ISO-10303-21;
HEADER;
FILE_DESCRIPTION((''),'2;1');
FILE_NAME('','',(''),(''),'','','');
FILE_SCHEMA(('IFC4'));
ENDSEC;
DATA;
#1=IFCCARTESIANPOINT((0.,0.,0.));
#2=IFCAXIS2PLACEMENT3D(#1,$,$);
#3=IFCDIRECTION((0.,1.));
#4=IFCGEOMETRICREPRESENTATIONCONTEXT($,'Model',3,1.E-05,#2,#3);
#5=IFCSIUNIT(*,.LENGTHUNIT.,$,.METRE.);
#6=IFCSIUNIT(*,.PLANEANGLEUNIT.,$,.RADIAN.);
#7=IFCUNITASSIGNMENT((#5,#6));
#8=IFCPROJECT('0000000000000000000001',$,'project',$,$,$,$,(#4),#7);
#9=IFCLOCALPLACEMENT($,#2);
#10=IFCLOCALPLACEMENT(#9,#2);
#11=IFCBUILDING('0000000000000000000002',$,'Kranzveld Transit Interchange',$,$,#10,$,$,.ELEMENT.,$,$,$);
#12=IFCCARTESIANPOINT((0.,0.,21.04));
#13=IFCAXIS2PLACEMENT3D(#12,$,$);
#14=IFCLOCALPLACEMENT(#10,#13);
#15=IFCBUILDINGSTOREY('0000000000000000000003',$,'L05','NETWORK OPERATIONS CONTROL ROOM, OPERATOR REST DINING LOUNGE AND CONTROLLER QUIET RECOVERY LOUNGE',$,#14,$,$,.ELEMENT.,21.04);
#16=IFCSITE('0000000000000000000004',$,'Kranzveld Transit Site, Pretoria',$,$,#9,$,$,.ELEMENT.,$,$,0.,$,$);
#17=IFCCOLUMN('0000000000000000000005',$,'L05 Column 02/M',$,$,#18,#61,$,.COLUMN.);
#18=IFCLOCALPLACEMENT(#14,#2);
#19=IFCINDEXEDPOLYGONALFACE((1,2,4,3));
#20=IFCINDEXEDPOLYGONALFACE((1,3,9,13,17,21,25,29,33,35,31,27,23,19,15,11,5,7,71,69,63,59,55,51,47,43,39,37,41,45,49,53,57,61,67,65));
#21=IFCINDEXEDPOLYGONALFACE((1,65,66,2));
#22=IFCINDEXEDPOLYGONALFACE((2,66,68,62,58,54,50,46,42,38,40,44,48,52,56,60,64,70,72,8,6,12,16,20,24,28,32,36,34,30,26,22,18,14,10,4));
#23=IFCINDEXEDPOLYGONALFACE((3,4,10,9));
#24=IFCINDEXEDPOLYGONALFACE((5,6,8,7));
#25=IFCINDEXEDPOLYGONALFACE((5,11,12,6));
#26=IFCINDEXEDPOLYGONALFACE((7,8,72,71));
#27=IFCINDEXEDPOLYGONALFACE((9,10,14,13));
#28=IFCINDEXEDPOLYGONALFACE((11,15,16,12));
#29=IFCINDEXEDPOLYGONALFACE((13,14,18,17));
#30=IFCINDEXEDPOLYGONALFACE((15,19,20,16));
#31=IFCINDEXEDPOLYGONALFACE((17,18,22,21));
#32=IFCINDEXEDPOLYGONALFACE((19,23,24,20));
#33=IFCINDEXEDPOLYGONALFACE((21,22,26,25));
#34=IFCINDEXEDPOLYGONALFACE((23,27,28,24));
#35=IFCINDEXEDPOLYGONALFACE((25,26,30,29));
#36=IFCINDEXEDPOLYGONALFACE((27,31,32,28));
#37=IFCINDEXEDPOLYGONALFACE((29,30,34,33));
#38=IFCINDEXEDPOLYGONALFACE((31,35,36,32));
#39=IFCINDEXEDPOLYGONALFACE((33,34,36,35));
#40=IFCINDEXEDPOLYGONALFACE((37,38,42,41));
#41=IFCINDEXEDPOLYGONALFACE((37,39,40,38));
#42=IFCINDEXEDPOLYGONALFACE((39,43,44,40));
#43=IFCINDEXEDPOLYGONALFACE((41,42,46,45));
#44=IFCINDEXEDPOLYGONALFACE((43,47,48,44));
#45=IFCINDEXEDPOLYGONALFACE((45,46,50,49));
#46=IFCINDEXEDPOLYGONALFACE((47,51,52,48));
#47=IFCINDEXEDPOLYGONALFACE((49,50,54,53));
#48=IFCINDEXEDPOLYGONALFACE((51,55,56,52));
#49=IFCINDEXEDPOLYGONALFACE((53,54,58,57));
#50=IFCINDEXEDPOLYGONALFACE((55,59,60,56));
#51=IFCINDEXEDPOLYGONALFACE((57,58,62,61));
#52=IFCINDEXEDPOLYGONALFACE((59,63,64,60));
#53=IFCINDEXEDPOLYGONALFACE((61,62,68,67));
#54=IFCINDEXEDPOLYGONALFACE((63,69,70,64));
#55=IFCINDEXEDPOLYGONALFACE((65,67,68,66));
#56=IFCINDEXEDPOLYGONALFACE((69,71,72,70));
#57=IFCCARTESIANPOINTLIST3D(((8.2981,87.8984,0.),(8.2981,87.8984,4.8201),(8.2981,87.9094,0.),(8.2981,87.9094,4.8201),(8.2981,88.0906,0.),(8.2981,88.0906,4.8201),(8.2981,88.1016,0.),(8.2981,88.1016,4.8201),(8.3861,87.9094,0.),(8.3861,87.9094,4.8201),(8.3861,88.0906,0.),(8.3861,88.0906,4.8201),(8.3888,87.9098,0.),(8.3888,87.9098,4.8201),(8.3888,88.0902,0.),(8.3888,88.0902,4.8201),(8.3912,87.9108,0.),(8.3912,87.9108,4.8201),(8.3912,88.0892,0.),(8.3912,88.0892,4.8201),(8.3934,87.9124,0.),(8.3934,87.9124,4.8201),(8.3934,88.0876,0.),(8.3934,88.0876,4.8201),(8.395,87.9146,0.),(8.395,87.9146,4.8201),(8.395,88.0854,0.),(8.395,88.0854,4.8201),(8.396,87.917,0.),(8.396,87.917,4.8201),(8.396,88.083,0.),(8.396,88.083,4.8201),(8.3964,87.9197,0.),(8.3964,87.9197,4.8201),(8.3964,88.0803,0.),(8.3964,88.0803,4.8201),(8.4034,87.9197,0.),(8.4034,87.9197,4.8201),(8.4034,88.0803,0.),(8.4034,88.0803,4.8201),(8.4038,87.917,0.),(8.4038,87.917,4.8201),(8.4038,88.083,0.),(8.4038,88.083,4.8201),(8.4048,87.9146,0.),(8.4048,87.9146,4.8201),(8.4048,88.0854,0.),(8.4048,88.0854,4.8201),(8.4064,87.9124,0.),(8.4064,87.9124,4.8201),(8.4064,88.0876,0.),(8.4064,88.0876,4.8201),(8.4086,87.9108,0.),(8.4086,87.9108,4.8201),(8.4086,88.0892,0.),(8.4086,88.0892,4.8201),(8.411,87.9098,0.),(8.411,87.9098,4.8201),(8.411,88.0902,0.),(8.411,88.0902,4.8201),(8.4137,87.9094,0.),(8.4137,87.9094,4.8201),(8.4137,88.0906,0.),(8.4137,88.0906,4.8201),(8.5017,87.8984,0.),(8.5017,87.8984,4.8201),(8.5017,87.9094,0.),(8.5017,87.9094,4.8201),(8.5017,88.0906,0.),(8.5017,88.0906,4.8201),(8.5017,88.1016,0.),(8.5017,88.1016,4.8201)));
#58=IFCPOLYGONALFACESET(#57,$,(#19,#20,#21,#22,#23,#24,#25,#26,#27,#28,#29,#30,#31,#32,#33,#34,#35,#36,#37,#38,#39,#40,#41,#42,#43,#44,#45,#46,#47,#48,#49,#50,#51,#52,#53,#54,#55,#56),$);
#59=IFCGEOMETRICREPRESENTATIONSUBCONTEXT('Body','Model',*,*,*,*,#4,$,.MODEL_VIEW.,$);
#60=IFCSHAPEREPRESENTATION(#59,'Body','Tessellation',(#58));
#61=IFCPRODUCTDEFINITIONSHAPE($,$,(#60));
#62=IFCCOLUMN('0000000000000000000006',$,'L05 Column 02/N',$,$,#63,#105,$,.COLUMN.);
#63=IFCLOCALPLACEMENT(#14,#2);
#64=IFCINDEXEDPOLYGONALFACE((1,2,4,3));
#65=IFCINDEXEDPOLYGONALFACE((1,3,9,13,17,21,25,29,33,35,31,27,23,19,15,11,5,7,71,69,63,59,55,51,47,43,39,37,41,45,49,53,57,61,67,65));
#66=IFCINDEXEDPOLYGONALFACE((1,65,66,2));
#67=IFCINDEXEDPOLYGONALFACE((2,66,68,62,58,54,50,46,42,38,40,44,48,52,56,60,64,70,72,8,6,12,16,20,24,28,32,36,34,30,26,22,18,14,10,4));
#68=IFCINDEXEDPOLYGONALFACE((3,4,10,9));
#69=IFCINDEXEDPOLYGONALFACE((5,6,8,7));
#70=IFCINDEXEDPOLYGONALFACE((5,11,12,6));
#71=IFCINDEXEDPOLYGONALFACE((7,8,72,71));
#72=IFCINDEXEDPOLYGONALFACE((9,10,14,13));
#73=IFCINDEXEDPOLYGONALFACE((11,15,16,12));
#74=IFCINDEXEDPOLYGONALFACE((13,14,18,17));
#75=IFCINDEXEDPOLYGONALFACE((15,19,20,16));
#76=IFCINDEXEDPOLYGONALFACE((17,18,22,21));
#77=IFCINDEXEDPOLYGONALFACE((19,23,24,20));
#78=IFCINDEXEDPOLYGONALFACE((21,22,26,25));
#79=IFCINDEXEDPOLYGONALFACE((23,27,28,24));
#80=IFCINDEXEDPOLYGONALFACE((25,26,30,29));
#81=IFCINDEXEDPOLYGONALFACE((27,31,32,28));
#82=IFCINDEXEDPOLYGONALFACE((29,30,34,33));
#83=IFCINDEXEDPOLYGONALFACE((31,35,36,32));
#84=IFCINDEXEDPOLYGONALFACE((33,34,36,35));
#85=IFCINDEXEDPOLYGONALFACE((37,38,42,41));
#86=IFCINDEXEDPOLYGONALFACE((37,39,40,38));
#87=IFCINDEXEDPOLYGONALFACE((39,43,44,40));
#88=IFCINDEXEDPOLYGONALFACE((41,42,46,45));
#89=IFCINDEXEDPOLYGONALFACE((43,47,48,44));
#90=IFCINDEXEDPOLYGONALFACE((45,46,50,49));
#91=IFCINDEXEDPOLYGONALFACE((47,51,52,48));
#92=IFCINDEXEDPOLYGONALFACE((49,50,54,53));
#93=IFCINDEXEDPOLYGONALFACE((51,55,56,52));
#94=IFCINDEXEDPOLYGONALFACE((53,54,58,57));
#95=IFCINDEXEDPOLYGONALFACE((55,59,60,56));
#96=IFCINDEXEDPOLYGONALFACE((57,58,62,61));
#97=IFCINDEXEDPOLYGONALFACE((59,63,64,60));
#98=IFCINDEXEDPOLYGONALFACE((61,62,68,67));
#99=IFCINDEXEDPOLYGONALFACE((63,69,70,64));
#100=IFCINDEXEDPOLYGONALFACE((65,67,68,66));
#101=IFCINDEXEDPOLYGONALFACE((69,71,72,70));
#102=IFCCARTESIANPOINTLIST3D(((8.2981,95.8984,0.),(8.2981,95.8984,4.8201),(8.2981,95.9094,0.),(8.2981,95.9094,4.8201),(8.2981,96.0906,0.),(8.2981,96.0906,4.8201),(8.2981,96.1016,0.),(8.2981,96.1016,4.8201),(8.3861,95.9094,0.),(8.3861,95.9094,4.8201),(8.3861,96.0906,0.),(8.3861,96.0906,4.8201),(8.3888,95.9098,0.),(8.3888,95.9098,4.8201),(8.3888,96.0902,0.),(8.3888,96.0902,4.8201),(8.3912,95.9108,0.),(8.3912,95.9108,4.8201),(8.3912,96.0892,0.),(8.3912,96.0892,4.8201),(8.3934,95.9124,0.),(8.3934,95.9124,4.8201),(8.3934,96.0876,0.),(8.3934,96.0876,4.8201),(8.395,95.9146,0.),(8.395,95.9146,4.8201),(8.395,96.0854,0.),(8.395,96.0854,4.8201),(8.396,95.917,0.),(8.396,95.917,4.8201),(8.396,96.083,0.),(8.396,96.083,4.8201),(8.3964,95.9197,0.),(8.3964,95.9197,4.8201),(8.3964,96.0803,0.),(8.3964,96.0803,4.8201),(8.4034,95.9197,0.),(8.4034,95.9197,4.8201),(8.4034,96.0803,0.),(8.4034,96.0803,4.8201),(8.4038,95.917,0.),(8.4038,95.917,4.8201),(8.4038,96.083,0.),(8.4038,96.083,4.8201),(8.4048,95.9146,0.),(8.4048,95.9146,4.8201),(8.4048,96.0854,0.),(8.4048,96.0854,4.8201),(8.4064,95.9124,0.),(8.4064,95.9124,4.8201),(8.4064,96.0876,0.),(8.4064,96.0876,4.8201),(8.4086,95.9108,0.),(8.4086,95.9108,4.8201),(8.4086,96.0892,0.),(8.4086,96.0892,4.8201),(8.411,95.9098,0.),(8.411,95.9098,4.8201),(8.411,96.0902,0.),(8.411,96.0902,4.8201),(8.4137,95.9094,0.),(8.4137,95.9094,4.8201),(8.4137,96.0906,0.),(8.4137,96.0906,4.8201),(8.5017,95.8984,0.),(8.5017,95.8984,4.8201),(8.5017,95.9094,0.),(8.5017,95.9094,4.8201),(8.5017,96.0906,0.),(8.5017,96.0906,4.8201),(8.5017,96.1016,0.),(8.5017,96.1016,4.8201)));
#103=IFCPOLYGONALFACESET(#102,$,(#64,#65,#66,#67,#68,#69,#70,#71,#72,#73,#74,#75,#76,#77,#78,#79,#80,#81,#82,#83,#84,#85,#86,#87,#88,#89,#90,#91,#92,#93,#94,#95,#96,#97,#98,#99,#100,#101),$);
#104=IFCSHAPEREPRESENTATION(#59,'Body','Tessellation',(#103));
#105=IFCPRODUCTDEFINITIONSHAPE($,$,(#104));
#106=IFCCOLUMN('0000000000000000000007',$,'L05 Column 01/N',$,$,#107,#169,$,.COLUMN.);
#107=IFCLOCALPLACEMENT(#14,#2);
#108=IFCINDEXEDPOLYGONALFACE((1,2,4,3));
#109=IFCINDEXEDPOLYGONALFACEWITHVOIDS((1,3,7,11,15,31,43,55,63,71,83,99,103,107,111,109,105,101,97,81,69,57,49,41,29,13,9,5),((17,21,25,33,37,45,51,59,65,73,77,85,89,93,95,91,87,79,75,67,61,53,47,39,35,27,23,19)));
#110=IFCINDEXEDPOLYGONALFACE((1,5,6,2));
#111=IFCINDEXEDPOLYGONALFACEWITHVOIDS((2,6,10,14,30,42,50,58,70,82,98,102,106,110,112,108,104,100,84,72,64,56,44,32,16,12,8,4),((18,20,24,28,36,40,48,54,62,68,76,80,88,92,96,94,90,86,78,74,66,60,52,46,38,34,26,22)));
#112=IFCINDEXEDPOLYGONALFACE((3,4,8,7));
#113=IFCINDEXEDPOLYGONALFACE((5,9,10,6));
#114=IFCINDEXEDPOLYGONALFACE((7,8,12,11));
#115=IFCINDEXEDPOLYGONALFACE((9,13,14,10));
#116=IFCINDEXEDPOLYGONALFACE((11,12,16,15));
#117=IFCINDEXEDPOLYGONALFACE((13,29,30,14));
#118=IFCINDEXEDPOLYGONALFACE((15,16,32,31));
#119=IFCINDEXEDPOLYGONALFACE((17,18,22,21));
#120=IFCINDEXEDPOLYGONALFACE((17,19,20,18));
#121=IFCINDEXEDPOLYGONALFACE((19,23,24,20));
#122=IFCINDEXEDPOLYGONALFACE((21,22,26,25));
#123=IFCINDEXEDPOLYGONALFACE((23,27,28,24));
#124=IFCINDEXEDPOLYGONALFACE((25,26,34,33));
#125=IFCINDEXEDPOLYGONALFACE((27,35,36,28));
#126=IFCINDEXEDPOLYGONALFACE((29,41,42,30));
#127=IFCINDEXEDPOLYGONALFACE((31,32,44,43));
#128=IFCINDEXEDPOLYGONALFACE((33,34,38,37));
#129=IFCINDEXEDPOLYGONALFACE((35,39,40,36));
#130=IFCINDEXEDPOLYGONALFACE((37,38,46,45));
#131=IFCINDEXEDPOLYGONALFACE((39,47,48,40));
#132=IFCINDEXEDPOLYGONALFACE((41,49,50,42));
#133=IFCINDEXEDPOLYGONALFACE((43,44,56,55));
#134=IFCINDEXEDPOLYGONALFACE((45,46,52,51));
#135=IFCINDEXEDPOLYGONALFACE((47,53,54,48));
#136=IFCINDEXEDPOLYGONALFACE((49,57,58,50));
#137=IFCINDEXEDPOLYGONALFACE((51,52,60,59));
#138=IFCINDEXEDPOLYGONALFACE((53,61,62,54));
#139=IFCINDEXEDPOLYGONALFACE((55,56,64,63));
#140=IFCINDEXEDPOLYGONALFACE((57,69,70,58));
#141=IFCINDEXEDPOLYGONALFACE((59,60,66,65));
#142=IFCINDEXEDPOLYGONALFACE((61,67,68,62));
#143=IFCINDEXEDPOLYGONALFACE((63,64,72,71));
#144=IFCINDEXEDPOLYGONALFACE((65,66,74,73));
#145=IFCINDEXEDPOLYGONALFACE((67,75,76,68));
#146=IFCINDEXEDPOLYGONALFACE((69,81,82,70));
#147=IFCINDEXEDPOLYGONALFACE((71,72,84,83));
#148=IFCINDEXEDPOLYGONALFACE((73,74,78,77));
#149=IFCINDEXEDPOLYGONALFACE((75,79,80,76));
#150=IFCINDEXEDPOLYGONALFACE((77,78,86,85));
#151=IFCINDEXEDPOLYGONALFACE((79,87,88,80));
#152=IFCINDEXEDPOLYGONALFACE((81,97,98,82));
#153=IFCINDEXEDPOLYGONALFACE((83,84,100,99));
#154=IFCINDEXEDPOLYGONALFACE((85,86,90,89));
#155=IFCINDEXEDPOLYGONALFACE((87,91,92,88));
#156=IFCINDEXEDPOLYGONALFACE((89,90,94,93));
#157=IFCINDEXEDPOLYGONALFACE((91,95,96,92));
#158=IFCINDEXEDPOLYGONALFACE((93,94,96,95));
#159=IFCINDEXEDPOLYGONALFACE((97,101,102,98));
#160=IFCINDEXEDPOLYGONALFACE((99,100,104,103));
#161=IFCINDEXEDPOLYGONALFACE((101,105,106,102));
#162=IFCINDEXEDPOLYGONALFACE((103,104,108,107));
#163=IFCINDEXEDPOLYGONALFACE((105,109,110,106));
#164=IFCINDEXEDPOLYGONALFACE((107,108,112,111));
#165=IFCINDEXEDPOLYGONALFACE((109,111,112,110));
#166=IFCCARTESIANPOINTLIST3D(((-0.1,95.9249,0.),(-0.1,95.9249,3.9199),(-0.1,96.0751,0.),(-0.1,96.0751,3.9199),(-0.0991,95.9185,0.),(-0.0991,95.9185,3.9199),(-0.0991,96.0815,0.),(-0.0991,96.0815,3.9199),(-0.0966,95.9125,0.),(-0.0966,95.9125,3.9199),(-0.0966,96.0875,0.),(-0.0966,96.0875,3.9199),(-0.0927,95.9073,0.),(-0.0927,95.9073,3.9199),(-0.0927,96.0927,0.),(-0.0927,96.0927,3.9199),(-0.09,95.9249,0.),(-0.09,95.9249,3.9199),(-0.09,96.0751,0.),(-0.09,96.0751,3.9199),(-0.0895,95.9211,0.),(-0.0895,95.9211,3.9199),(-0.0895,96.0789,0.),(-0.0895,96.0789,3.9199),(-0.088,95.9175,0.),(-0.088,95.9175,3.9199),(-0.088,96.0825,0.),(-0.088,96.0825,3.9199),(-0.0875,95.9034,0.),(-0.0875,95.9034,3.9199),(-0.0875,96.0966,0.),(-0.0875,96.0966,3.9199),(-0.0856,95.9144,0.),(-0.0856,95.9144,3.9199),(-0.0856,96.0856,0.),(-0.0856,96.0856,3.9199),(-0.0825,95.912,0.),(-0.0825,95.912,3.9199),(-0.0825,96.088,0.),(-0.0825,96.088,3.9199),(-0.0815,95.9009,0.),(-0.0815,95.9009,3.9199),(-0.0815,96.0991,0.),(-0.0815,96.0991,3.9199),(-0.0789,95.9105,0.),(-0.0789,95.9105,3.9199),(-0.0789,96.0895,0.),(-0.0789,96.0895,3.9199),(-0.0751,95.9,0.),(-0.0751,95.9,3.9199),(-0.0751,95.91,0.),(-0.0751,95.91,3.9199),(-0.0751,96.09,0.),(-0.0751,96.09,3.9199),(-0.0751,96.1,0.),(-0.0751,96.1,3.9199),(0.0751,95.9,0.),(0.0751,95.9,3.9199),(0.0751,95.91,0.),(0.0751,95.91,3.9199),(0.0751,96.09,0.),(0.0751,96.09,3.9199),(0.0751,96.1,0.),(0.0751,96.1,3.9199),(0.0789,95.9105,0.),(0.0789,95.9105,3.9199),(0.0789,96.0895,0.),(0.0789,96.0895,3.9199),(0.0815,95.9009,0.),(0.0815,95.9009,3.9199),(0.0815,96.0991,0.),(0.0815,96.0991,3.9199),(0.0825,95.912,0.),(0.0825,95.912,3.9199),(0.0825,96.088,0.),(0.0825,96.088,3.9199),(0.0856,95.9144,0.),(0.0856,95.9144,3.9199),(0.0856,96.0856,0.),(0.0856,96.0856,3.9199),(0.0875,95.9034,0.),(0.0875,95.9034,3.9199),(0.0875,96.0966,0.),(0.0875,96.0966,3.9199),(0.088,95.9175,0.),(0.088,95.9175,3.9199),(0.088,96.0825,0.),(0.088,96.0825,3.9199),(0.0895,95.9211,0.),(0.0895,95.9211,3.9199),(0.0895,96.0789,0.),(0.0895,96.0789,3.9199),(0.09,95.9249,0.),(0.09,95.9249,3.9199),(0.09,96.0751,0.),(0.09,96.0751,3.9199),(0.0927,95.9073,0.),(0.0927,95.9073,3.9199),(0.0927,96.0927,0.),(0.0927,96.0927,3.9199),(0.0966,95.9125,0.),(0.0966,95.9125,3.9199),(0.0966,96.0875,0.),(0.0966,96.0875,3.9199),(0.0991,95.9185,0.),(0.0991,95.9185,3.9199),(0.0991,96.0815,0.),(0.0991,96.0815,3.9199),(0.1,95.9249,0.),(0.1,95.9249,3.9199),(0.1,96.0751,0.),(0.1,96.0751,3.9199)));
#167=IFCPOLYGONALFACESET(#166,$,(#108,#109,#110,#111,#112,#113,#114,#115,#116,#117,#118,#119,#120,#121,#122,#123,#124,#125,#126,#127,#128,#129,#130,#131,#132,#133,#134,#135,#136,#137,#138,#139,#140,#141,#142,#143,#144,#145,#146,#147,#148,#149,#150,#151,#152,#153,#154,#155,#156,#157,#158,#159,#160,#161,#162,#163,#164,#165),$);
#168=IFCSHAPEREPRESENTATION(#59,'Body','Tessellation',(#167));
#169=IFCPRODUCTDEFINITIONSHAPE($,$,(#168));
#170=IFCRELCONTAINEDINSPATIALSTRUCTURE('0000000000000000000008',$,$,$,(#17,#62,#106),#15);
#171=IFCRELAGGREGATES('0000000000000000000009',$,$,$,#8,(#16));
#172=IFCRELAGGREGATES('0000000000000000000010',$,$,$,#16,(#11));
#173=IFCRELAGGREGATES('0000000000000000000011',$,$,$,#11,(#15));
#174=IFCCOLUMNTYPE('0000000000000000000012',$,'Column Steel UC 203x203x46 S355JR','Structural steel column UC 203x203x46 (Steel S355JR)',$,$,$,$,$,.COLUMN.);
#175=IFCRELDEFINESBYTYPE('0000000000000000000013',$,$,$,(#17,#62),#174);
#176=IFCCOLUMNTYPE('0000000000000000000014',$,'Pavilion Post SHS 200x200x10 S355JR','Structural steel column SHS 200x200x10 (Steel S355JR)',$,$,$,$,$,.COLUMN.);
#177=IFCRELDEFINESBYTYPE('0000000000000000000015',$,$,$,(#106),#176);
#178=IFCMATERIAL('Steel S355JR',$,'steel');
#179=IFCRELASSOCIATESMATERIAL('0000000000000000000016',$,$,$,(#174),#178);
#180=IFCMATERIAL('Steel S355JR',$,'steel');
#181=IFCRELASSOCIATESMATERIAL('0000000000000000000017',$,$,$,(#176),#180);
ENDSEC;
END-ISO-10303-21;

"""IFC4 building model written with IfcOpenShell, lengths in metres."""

from ifc_helpers import new_model, si_unit, direction, frame, origin, origin_2d, place, context, subcontext, project, spatial, hollow_rectangle, i_section, extrude, material, material_profile, profile_set, type_object, element, save


model = new_model("IFC4")

# Units and contexts
model_context = context("Model", 3, precision=1e-05, world=origin(), true_north=direction((0.0, 1.0)))
body_context = subcontext(model_context, "Body", "Model", "MODEL_VIEW")
ifc_project = project(units=[si_unit("LENGTHUNIT", "METRE"), si_unit("PLANEANGLEUNIT", "RADIAN")], contexts=[model_context])

# Site, building, storey
site_placement = place(None, origin())
site = spatial("IfcSite", under=ifc_project, at=site_placement, Name="Kranzveld Transit Site, Pretoria", CompositionType="ELEMENT", RefElevation=0.0)
building_placement = place(site_placement, origin())
building = spatial("IfcBuilding", under=site, at=building_placement, Name="Kranzveld Transit Interchange", CompositionType="ELEMENT")
storey_placement = place(building_placement, frame((0.0, 0.0, 21.04)))
storey = spatial("IfcBuildingStorey", under=building, at=storey_placement, Name="L05", Description="NETWORK OPERATIONS CONTROL ROOM, OPERATOR REST DINING LOUNGE AND CONTROLLER QUIET RECOVERY LOUNGE", CompositionType="ELEMENT", Elevation=21.04)

# Columns
ifc_material_1 = material(Name="Steel S355JR", Category="steel")
ifc_material_profile_1 = material_profile(ifc_material_1, i_section(OverallWidth=0.2036, OverallDepth=0.2031, WebThickness=0.0071, FlangeThickness=0.011, FilletRadius=0.0103, at=origin_2d()), Name="UC 203x203x46")
ifc_profile_set_1 = profile_set([ifc_material_profile_1], Name="Steel S355JR")
column_type_1 = type_object("IfcColumnType", Name="Column Steel UC 203x203x46 S355JR", Description="Structural steel column UC 203x203x46 (Steel S355JR)", PredefinedType="COLUMN", material=ifc_profile_set_1)
for number, where, z_axis, x_axis, name in (
    (1, (8.3999, 88.0, 0.0), (0.0, 0.0, 1.0), (1.0, 0.0, 0.0), "L05 Column 02/M"),
    (2, (8.3999, 96.0, 0.0), (0.0, 0.0, 1.0), (1.0, 0.0, 0.0), "L05 Column 02/N"),
):
    element("IfcColumn", number, at=place(storey_placement, frame(where, z_axis=z_axis, x_axis=x_axis)), inside=storey, type_object=column_type_1, Name=name, PredefinedType="COLUMN", context=body_context, shape_type="SweptSolid", body=[
        extrude(i_section(OverallWidth=0.2036, OverallDepth=0.2031, WebThickness=0.0071, FlangeThickness=0.011, FilletRadius=0.0103, at=origin_2d()), origin(), (0.0, 0.0, 1.0), 4.8201),
    ])
ifc_material_2 = material(Name="Steel S355JR", Category="steel")
ifc_material_profile_2 = material_profile(ifc_material_2, hollow_rectangle(XDim=0.2, YDim=0.2, WallThickness=0.01, InnerFilletRadius=0.0149, OuterFilletRadius=0.0249, at=origin_2d()), Name="SHS 200x200x10")
ifc_profile_set_2 = profile_set([ifc_material_profile_2], Name="Steel S355JR")
column_type_2 = type_object("IfcColumnType", Name="Pavilion Post SHS 200x200x10 S355JR", Description="Structural steel column SHS 200x200x10 (Steel S355JR)", PredefinedType="COLUMN", material=ifc_profile_set_2)
for number, where, z_axis, x_axis, name in (
    (3, (0.0, 96.0, 0.0), (0.0, 0.0, 1.0), (1.0, 0.0, 0.0), "L05 Column 01/N"),
):
    element("IfcColumn", number, at=place(storey_placement, frame(where, z_axis=z_axis, x_axis=x_axis)), inside=storey, type_object=column_type_2, Name=name, PredefinedType="COLUMN", context=body_context, shape_type="SweptSolid", body=[
        extrude(hollow_rectangle(XDim=0.2, YDim=0.2, WallThickness=0.01, InnerFilletRadius=0.0149, OuterFilletRadius=0.0249, at=origin_2d()), origin(), (0.0, 0.0, 1.0), 3.9199),
    ])

save(model, "model.ifc")
